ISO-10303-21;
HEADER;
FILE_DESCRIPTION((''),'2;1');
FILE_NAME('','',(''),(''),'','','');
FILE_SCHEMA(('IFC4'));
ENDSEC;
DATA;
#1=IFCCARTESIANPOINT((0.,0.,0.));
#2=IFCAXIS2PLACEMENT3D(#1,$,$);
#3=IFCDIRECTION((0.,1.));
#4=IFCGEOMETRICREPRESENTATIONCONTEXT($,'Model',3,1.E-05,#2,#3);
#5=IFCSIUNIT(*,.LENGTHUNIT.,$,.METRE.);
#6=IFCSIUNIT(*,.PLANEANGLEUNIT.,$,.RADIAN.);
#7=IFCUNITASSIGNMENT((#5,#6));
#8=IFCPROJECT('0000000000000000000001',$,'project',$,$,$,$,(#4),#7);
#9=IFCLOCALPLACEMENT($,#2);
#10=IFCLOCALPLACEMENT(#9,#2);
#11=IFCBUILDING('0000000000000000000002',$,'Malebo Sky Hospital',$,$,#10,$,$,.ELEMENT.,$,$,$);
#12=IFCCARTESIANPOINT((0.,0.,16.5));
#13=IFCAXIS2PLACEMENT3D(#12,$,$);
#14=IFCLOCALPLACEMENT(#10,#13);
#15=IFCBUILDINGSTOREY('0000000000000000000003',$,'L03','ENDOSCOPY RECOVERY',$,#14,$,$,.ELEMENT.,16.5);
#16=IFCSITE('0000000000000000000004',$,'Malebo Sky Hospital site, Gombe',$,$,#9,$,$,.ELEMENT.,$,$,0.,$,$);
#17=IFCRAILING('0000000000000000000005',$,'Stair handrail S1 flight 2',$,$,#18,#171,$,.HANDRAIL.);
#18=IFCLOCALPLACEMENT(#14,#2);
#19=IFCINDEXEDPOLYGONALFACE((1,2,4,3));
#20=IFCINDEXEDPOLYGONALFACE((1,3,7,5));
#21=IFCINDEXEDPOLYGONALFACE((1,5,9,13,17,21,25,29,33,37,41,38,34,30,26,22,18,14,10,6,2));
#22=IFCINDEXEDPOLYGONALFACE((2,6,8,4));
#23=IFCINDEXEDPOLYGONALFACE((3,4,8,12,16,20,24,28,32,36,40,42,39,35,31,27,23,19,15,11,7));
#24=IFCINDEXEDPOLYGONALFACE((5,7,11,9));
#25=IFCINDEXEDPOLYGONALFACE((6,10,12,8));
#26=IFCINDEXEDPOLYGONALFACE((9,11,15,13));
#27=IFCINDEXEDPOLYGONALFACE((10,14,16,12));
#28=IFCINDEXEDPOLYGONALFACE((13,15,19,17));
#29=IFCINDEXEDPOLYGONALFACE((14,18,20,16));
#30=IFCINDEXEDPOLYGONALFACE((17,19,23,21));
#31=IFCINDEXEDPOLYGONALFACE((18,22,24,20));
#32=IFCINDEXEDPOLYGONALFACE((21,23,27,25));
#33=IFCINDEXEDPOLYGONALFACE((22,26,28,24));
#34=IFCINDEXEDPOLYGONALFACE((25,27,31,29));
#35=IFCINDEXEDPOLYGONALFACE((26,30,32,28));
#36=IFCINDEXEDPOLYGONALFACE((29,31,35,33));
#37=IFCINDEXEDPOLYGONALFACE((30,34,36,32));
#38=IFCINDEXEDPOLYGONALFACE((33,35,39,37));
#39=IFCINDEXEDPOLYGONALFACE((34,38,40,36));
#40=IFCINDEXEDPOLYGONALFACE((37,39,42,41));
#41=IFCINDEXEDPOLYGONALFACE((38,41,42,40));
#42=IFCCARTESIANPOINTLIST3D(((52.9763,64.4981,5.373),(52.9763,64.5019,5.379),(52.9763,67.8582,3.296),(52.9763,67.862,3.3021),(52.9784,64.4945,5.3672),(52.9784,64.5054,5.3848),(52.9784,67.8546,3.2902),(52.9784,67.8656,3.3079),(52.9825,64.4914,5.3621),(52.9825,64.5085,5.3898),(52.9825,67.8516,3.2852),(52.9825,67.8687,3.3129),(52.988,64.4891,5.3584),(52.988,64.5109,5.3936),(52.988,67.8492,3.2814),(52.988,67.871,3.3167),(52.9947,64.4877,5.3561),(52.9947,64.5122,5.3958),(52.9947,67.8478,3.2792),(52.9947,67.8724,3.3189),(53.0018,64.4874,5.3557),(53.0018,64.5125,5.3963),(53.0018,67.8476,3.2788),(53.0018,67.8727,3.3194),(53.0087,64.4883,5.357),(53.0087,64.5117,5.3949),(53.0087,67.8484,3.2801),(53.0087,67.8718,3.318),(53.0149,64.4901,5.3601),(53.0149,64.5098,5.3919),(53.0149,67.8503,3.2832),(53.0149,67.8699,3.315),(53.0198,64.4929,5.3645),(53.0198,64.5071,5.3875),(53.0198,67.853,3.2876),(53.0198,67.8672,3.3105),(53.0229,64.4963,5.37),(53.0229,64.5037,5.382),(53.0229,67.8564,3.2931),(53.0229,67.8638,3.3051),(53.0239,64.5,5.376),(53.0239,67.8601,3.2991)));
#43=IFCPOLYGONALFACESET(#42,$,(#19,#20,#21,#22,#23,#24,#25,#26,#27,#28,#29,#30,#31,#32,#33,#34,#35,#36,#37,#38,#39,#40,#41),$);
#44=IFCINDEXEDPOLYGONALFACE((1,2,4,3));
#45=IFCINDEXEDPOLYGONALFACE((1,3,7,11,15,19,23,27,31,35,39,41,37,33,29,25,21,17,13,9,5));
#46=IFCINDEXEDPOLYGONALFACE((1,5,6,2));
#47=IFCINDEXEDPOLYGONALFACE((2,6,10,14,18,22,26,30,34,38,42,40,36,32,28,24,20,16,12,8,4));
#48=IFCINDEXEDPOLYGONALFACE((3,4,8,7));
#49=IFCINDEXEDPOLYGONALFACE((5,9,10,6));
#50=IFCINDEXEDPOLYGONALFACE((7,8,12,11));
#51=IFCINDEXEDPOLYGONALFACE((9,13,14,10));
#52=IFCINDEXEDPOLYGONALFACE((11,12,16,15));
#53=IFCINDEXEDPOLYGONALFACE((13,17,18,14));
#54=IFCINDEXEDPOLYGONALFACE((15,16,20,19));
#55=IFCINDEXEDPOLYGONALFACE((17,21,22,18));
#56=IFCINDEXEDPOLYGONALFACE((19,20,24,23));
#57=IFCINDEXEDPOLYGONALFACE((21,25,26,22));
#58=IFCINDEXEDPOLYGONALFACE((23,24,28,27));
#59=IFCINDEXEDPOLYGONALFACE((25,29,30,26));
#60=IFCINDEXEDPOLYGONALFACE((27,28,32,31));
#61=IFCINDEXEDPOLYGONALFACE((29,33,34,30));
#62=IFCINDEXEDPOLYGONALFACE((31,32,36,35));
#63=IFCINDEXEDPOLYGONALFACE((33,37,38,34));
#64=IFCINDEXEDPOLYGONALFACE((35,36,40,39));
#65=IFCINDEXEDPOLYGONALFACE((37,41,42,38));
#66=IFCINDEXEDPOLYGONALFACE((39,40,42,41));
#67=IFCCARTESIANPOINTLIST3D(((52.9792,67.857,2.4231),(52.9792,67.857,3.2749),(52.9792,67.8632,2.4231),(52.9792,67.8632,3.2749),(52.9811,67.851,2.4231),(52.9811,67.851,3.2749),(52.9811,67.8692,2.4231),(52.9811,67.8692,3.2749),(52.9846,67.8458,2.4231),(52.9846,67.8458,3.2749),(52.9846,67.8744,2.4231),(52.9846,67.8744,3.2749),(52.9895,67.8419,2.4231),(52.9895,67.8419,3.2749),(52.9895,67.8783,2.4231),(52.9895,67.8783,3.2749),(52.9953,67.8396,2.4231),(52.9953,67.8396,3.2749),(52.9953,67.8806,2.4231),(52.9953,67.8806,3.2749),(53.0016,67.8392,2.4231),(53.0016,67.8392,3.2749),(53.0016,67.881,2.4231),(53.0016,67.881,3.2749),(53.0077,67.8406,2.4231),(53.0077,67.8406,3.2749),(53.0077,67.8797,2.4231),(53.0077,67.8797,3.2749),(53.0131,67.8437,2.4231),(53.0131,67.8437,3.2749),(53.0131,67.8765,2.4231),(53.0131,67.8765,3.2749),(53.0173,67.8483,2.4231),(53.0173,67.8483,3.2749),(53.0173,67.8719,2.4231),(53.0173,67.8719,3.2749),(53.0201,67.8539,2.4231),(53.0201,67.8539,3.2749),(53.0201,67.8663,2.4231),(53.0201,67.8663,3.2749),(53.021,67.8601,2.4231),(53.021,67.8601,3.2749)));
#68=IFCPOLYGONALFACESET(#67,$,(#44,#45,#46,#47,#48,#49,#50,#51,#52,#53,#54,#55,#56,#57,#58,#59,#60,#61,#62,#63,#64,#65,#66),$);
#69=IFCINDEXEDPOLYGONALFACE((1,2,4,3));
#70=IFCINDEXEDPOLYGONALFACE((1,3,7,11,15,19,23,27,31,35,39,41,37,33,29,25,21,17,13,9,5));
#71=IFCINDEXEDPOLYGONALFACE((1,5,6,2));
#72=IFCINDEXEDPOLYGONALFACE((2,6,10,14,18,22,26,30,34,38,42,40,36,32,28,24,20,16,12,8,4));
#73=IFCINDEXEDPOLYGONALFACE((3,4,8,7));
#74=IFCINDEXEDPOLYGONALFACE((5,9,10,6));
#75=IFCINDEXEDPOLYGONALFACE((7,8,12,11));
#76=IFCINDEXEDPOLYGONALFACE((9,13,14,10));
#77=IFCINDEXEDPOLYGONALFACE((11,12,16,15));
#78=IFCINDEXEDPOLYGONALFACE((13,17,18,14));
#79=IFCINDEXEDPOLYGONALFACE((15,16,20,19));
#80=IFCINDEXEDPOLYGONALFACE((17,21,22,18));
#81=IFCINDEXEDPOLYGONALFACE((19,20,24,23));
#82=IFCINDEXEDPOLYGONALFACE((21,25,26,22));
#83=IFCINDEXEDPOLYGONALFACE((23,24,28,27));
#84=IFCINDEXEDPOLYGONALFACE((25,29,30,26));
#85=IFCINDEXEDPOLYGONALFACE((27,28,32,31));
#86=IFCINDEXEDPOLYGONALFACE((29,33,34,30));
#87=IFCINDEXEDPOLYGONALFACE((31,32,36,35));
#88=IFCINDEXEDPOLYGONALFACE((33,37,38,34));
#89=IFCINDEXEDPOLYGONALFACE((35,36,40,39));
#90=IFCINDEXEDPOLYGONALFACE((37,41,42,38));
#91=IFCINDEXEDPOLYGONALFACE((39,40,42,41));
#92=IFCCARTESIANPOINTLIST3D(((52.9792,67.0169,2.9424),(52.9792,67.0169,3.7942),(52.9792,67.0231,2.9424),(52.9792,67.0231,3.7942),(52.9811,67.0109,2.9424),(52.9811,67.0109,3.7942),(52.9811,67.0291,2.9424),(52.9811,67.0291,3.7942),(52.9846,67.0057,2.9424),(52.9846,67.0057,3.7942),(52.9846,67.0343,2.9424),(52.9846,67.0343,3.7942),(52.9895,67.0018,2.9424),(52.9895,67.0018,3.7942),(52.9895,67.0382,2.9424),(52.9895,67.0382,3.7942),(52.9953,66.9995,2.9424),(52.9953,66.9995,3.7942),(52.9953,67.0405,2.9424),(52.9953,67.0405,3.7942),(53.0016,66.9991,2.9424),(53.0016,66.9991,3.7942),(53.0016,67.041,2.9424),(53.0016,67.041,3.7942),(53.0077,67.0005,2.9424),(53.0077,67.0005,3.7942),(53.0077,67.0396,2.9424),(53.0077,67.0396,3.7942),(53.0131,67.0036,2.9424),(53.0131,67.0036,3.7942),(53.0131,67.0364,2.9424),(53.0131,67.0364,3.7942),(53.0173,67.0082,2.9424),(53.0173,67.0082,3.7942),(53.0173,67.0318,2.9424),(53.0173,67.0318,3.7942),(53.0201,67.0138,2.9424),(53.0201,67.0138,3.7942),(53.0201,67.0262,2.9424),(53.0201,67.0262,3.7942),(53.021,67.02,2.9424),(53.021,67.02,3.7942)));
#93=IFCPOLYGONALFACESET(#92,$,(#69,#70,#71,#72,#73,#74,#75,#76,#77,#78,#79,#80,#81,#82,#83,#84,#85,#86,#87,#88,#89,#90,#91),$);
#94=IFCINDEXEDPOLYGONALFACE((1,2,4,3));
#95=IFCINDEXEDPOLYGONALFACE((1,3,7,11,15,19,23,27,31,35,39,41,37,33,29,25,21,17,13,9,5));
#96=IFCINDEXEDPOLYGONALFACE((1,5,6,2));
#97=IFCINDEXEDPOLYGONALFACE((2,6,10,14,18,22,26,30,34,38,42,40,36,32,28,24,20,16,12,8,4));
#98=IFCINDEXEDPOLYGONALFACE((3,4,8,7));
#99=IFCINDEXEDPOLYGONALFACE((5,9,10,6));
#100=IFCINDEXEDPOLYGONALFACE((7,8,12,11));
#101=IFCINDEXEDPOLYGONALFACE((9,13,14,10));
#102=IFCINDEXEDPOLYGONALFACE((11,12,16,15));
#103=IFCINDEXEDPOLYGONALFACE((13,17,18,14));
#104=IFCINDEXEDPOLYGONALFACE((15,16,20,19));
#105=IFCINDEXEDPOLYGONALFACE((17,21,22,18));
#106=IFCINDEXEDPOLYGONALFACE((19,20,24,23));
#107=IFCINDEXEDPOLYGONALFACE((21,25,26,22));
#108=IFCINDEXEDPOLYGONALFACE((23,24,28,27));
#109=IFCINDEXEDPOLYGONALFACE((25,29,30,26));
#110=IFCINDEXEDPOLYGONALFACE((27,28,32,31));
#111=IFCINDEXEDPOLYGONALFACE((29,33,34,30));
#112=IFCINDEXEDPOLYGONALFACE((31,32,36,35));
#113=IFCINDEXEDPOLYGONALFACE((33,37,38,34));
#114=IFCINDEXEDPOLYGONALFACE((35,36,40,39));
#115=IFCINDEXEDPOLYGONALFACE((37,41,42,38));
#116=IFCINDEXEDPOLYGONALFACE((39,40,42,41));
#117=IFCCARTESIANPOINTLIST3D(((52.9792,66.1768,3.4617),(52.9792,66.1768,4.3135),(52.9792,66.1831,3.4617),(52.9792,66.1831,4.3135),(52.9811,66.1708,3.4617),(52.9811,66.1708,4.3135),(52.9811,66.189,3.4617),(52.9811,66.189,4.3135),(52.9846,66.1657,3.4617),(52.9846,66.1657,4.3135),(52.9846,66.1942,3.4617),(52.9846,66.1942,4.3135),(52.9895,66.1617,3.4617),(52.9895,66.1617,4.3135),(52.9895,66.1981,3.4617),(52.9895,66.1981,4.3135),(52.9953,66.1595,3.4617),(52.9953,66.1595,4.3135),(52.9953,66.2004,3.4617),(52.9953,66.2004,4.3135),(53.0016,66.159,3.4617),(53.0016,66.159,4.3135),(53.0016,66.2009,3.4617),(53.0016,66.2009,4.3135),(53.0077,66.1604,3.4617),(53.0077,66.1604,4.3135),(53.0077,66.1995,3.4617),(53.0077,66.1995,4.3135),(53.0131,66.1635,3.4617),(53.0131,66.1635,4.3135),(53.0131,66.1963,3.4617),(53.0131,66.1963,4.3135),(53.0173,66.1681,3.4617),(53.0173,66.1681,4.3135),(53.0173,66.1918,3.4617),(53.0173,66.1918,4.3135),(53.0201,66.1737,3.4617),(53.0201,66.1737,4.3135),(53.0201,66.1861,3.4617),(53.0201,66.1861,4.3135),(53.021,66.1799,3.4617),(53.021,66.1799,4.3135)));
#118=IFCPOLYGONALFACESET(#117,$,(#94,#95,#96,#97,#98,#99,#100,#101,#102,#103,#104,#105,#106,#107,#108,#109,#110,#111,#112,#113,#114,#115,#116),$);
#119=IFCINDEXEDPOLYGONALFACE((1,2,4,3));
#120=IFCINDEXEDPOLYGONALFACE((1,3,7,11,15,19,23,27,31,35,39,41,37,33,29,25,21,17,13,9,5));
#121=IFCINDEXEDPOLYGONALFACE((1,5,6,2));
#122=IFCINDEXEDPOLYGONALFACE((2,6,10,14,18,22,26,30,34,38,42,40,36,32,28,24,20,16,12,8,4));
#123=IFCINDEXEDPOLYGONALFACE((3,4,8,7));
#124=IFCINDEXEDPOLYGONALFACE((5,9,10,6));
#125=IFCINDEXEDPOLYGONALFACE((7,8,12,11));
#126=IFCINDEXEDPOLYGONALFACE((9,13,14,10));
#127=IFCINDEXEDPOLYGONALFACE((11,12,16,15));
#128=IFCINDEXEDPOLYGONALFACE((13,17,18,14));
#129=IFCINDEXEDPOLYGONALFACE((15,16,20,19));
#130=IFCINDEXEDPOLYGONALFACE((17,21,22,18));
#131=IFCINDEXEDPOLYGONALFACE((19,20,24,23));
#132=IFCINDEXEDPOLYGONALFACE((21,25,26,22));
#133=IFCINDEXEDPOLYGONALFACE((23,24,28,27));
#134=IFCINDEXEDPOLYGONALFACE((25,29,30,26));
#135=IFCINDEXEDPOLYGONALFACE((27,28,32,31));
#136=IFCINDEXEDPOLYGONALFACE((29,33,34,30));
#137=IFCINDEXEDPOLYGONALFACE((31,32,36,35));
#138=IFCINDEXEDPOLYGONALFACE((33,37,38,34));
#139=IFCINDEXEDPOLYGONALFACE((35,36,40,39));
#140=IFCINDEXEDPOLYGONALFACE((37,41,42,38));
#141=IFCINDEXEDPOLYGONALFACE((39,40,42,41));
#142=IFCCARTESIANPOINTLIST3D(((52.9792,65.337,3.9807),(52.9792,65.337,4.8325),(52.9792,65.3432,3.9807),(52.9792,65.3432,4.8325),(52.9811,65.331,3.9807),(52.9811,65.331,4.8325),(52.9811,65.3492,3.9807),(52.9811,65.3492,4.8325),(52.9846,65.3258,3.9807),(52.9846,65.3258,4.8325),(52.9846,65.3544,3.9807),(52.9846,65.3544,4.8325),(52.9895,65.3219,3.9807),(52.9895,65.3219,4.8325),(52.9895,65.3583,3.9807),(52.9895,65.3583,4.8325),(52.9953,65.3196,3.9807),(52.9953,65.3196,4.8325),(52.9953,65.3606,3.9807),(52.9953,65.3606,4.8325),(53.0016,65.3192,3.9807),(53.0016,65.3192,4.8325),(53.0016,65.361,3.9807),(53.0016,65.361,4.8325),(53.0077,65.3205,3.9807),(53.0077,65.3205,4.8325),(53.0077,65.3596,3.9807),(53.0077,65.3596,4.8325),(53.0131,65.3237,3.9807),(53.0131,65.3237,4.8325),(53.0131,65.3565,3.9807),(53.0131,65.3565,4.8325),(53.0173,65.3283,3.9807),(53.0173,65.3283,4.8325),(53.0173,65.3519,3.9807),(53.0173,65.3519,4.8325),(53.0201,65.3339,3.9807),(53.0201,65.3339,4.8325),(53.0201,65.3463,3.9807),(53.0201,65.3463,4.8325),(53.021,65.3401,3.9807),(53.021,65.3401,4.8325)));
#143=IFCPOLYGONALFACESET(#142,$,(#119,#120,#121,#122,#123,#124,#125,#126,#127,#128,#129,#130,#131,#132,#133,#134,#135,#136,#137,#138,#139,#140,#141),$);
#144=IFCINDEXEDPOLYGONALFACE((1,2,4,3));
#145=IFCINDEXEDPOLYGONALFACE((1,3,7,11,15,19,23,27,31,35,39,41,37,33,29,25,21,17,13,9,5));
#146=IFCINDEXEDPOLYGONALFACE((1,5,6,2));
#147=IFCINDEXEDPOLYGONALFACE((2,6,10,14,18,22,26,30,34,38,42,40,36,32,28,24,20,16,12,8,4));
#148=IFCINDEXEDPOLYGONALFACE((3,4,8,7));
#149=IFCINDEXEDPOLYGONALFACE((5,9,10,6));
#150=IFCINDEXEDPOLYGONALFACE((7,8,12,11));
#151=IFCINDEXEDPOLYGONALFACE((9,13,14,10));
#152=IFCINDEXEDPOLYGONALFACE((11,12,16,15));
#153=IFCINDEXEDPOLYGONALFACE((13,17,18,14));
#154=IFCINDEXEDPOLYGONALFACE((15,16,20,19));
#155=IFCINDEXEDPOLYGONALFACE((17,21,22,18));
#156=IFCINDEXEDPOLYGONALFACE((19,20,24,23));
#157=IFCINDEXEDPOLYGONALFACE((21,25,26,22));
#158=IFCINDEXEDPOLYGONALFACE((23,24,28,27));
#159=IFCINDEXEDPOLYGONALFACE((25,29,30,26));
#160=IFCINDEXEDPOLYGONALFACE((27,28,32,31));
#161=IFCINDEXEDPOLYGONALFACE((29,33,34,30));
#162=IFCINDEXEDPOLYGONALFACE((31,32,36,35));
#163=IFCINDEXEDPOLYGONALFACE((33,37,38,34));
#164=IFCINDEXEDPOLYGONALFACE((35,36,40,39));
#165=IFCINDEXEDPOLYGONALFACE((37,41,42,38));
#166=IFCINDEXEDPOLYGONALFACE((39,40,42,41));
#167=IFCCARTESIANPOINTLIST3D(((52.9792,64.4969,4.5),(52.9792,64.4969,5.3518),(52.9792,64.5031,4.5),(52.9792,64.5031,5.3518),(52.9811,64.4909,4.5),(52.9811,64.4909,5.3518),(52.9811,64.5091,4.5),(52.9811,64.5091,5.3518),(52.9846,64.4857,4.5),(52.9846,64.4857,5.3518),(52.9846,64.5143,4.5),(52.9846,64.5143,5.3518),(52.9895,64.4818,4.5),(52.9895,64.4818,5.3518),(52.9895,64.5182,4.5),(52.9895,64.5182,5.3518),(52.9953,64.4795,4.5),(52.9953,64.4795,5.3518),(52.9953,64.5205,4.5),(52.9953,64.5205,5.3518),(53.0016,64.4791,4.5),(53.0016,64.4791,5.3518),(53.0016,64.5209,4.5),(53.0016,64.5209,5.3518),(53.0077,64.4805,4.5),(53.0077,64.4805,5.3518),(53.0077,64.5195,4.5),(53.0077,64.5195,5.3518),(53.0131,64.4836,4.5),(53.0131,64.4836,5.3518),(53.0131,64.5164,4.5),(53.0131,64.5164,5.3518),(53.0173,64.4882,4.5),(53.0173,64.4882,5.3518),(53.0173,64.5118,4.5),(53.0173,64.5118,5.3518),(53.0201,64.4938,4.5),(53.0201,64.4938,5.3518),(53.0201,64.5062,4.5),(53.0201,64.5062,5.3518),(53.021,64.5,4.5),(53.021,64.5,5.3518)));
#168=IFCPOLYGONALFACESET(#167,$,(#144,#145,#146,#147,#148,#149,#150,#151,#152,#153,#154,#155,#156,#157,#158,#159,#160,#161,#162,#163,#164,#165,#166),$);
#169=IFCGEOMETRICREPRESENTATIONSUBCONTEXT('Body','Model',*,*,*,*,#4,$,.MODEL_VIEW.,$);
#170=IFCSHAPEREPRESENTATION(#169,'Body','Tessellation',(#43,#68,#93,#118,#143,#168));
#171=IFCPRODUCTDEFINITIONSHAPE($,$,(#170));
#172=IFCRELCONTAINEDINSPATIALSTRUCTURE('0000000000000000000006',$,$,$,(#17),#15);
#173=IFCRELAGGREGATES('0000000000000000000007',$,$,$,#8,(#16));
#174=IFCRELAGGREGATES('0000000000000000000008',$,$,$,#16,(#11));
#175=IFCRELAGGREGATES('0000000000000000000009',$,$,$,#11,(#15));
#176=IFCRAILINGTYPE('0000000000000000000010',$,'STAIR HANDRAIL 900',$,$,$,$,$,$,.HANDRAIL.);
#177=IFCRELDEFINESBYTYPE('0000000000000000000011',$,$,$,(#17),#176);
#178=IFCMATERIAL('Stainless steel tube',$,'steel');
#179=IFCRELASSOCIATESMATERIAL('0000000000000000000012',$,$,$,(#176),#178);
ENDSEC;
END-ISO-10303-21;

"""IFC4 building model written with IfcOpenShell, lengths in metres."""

from ifc_helpers import new_model, si_unit, direction, frame, origin, origin_2d, place, context, subcontext, project, spatial, circle, extrude, material, type_object, element, save


model = new_model("IFC4")

# Units and contexts
model_context = context("Model", 3, precision=1e-05, world=origin(), true_north=direction((0.0, 1.0)))
body_context = subcontext(model_context, "Body", "Model", "MODEL_VIEW")
ifc_project = project(units=[si_unit("LENGTHUNIT", "METRE"), si_unit("PLANEANGLEUNIT", "RADIAN")], contexts=[model_context])

# Site, building, storey
site_placement = place(None, origin())
site = spatial("IfcSite", under=ifc_project, at=site_placement, Name="Malebo Sky Hospital site, Gombe", CompositionType="ELEMENT", RefElevation=0.0)
building_placement = place(site_placement, origin())
building = spatial("IfcBuilding", under=site, at=building_placement, Name="Malebo Sky Hospital", CompositionType="ELEMENT")
storey_placement = place(building_placement, frame((0.0, 0.0, 16.5)))
storey = spatial("IfcBuildingStorey", under=building, at=storey_placement, Name="L03", Description="ENDOSCOPY RECOVERY", CompositionType="ELEMENT", Elevation=16.5)

# Railing
ifc_material_1 = material(Name="Stainless steel tube", Category="steel")
railing_type = type_object("IfcRailingType", Name="STAIR HANDRAIL 900", PredefinedType="HANDRAIL", material=ifc_material_1)
railing_1_placement = place(storey_placement, frame((53.0, 67.8601, 2.4231)))
element("IfcRailing", 1, at=railing_1_placement, inside=storey, type_object=railing_type, Name="Stair handrail S1 flight 2", PredefinedType="HANDRAIL", context=body_context, shape_type="SweptSolid", body=[
    extrude(circle(Radius=0.0239, at=origin_2d()), frame((0.0, 0.0, 0.876), z_axis=(0.0, -0.850623, 0.525776), x_axis=(1.0, 0.0, 0.0)), (0.0, 0.0, 1.0), 3.9502),
    extrude(circle(Radius=0.021, at=origin_2d()), origin(), (0.0, 0.0, 1.0), 0.8518),
    extrude(circle(Radius=0.021, at=origin_2d()), frame((0.0, -0.8401, 0.5193)), (0.0, 0.0, 1.0), 0.8518),
    extrude(circle(Radius=0.021, at=origin_2d()), frame((0.0, -1.6802, 1.0386)), (0.0, 0.0, 1.0), 0.8518),
    extrude(circle(Radius=0.021, at=origin_2d()), frame((0.0, -2.52, 1.5576)), (0.0, 0.0, 1.0), 0.8518),
    extrude(circle(Radius=0.021, at=origin_2d()), frame((0.0, -3.3601, 2.0769)), (0.0, 0.0, 1.0), 0.8518),
])

save(model, "model.ifc")
